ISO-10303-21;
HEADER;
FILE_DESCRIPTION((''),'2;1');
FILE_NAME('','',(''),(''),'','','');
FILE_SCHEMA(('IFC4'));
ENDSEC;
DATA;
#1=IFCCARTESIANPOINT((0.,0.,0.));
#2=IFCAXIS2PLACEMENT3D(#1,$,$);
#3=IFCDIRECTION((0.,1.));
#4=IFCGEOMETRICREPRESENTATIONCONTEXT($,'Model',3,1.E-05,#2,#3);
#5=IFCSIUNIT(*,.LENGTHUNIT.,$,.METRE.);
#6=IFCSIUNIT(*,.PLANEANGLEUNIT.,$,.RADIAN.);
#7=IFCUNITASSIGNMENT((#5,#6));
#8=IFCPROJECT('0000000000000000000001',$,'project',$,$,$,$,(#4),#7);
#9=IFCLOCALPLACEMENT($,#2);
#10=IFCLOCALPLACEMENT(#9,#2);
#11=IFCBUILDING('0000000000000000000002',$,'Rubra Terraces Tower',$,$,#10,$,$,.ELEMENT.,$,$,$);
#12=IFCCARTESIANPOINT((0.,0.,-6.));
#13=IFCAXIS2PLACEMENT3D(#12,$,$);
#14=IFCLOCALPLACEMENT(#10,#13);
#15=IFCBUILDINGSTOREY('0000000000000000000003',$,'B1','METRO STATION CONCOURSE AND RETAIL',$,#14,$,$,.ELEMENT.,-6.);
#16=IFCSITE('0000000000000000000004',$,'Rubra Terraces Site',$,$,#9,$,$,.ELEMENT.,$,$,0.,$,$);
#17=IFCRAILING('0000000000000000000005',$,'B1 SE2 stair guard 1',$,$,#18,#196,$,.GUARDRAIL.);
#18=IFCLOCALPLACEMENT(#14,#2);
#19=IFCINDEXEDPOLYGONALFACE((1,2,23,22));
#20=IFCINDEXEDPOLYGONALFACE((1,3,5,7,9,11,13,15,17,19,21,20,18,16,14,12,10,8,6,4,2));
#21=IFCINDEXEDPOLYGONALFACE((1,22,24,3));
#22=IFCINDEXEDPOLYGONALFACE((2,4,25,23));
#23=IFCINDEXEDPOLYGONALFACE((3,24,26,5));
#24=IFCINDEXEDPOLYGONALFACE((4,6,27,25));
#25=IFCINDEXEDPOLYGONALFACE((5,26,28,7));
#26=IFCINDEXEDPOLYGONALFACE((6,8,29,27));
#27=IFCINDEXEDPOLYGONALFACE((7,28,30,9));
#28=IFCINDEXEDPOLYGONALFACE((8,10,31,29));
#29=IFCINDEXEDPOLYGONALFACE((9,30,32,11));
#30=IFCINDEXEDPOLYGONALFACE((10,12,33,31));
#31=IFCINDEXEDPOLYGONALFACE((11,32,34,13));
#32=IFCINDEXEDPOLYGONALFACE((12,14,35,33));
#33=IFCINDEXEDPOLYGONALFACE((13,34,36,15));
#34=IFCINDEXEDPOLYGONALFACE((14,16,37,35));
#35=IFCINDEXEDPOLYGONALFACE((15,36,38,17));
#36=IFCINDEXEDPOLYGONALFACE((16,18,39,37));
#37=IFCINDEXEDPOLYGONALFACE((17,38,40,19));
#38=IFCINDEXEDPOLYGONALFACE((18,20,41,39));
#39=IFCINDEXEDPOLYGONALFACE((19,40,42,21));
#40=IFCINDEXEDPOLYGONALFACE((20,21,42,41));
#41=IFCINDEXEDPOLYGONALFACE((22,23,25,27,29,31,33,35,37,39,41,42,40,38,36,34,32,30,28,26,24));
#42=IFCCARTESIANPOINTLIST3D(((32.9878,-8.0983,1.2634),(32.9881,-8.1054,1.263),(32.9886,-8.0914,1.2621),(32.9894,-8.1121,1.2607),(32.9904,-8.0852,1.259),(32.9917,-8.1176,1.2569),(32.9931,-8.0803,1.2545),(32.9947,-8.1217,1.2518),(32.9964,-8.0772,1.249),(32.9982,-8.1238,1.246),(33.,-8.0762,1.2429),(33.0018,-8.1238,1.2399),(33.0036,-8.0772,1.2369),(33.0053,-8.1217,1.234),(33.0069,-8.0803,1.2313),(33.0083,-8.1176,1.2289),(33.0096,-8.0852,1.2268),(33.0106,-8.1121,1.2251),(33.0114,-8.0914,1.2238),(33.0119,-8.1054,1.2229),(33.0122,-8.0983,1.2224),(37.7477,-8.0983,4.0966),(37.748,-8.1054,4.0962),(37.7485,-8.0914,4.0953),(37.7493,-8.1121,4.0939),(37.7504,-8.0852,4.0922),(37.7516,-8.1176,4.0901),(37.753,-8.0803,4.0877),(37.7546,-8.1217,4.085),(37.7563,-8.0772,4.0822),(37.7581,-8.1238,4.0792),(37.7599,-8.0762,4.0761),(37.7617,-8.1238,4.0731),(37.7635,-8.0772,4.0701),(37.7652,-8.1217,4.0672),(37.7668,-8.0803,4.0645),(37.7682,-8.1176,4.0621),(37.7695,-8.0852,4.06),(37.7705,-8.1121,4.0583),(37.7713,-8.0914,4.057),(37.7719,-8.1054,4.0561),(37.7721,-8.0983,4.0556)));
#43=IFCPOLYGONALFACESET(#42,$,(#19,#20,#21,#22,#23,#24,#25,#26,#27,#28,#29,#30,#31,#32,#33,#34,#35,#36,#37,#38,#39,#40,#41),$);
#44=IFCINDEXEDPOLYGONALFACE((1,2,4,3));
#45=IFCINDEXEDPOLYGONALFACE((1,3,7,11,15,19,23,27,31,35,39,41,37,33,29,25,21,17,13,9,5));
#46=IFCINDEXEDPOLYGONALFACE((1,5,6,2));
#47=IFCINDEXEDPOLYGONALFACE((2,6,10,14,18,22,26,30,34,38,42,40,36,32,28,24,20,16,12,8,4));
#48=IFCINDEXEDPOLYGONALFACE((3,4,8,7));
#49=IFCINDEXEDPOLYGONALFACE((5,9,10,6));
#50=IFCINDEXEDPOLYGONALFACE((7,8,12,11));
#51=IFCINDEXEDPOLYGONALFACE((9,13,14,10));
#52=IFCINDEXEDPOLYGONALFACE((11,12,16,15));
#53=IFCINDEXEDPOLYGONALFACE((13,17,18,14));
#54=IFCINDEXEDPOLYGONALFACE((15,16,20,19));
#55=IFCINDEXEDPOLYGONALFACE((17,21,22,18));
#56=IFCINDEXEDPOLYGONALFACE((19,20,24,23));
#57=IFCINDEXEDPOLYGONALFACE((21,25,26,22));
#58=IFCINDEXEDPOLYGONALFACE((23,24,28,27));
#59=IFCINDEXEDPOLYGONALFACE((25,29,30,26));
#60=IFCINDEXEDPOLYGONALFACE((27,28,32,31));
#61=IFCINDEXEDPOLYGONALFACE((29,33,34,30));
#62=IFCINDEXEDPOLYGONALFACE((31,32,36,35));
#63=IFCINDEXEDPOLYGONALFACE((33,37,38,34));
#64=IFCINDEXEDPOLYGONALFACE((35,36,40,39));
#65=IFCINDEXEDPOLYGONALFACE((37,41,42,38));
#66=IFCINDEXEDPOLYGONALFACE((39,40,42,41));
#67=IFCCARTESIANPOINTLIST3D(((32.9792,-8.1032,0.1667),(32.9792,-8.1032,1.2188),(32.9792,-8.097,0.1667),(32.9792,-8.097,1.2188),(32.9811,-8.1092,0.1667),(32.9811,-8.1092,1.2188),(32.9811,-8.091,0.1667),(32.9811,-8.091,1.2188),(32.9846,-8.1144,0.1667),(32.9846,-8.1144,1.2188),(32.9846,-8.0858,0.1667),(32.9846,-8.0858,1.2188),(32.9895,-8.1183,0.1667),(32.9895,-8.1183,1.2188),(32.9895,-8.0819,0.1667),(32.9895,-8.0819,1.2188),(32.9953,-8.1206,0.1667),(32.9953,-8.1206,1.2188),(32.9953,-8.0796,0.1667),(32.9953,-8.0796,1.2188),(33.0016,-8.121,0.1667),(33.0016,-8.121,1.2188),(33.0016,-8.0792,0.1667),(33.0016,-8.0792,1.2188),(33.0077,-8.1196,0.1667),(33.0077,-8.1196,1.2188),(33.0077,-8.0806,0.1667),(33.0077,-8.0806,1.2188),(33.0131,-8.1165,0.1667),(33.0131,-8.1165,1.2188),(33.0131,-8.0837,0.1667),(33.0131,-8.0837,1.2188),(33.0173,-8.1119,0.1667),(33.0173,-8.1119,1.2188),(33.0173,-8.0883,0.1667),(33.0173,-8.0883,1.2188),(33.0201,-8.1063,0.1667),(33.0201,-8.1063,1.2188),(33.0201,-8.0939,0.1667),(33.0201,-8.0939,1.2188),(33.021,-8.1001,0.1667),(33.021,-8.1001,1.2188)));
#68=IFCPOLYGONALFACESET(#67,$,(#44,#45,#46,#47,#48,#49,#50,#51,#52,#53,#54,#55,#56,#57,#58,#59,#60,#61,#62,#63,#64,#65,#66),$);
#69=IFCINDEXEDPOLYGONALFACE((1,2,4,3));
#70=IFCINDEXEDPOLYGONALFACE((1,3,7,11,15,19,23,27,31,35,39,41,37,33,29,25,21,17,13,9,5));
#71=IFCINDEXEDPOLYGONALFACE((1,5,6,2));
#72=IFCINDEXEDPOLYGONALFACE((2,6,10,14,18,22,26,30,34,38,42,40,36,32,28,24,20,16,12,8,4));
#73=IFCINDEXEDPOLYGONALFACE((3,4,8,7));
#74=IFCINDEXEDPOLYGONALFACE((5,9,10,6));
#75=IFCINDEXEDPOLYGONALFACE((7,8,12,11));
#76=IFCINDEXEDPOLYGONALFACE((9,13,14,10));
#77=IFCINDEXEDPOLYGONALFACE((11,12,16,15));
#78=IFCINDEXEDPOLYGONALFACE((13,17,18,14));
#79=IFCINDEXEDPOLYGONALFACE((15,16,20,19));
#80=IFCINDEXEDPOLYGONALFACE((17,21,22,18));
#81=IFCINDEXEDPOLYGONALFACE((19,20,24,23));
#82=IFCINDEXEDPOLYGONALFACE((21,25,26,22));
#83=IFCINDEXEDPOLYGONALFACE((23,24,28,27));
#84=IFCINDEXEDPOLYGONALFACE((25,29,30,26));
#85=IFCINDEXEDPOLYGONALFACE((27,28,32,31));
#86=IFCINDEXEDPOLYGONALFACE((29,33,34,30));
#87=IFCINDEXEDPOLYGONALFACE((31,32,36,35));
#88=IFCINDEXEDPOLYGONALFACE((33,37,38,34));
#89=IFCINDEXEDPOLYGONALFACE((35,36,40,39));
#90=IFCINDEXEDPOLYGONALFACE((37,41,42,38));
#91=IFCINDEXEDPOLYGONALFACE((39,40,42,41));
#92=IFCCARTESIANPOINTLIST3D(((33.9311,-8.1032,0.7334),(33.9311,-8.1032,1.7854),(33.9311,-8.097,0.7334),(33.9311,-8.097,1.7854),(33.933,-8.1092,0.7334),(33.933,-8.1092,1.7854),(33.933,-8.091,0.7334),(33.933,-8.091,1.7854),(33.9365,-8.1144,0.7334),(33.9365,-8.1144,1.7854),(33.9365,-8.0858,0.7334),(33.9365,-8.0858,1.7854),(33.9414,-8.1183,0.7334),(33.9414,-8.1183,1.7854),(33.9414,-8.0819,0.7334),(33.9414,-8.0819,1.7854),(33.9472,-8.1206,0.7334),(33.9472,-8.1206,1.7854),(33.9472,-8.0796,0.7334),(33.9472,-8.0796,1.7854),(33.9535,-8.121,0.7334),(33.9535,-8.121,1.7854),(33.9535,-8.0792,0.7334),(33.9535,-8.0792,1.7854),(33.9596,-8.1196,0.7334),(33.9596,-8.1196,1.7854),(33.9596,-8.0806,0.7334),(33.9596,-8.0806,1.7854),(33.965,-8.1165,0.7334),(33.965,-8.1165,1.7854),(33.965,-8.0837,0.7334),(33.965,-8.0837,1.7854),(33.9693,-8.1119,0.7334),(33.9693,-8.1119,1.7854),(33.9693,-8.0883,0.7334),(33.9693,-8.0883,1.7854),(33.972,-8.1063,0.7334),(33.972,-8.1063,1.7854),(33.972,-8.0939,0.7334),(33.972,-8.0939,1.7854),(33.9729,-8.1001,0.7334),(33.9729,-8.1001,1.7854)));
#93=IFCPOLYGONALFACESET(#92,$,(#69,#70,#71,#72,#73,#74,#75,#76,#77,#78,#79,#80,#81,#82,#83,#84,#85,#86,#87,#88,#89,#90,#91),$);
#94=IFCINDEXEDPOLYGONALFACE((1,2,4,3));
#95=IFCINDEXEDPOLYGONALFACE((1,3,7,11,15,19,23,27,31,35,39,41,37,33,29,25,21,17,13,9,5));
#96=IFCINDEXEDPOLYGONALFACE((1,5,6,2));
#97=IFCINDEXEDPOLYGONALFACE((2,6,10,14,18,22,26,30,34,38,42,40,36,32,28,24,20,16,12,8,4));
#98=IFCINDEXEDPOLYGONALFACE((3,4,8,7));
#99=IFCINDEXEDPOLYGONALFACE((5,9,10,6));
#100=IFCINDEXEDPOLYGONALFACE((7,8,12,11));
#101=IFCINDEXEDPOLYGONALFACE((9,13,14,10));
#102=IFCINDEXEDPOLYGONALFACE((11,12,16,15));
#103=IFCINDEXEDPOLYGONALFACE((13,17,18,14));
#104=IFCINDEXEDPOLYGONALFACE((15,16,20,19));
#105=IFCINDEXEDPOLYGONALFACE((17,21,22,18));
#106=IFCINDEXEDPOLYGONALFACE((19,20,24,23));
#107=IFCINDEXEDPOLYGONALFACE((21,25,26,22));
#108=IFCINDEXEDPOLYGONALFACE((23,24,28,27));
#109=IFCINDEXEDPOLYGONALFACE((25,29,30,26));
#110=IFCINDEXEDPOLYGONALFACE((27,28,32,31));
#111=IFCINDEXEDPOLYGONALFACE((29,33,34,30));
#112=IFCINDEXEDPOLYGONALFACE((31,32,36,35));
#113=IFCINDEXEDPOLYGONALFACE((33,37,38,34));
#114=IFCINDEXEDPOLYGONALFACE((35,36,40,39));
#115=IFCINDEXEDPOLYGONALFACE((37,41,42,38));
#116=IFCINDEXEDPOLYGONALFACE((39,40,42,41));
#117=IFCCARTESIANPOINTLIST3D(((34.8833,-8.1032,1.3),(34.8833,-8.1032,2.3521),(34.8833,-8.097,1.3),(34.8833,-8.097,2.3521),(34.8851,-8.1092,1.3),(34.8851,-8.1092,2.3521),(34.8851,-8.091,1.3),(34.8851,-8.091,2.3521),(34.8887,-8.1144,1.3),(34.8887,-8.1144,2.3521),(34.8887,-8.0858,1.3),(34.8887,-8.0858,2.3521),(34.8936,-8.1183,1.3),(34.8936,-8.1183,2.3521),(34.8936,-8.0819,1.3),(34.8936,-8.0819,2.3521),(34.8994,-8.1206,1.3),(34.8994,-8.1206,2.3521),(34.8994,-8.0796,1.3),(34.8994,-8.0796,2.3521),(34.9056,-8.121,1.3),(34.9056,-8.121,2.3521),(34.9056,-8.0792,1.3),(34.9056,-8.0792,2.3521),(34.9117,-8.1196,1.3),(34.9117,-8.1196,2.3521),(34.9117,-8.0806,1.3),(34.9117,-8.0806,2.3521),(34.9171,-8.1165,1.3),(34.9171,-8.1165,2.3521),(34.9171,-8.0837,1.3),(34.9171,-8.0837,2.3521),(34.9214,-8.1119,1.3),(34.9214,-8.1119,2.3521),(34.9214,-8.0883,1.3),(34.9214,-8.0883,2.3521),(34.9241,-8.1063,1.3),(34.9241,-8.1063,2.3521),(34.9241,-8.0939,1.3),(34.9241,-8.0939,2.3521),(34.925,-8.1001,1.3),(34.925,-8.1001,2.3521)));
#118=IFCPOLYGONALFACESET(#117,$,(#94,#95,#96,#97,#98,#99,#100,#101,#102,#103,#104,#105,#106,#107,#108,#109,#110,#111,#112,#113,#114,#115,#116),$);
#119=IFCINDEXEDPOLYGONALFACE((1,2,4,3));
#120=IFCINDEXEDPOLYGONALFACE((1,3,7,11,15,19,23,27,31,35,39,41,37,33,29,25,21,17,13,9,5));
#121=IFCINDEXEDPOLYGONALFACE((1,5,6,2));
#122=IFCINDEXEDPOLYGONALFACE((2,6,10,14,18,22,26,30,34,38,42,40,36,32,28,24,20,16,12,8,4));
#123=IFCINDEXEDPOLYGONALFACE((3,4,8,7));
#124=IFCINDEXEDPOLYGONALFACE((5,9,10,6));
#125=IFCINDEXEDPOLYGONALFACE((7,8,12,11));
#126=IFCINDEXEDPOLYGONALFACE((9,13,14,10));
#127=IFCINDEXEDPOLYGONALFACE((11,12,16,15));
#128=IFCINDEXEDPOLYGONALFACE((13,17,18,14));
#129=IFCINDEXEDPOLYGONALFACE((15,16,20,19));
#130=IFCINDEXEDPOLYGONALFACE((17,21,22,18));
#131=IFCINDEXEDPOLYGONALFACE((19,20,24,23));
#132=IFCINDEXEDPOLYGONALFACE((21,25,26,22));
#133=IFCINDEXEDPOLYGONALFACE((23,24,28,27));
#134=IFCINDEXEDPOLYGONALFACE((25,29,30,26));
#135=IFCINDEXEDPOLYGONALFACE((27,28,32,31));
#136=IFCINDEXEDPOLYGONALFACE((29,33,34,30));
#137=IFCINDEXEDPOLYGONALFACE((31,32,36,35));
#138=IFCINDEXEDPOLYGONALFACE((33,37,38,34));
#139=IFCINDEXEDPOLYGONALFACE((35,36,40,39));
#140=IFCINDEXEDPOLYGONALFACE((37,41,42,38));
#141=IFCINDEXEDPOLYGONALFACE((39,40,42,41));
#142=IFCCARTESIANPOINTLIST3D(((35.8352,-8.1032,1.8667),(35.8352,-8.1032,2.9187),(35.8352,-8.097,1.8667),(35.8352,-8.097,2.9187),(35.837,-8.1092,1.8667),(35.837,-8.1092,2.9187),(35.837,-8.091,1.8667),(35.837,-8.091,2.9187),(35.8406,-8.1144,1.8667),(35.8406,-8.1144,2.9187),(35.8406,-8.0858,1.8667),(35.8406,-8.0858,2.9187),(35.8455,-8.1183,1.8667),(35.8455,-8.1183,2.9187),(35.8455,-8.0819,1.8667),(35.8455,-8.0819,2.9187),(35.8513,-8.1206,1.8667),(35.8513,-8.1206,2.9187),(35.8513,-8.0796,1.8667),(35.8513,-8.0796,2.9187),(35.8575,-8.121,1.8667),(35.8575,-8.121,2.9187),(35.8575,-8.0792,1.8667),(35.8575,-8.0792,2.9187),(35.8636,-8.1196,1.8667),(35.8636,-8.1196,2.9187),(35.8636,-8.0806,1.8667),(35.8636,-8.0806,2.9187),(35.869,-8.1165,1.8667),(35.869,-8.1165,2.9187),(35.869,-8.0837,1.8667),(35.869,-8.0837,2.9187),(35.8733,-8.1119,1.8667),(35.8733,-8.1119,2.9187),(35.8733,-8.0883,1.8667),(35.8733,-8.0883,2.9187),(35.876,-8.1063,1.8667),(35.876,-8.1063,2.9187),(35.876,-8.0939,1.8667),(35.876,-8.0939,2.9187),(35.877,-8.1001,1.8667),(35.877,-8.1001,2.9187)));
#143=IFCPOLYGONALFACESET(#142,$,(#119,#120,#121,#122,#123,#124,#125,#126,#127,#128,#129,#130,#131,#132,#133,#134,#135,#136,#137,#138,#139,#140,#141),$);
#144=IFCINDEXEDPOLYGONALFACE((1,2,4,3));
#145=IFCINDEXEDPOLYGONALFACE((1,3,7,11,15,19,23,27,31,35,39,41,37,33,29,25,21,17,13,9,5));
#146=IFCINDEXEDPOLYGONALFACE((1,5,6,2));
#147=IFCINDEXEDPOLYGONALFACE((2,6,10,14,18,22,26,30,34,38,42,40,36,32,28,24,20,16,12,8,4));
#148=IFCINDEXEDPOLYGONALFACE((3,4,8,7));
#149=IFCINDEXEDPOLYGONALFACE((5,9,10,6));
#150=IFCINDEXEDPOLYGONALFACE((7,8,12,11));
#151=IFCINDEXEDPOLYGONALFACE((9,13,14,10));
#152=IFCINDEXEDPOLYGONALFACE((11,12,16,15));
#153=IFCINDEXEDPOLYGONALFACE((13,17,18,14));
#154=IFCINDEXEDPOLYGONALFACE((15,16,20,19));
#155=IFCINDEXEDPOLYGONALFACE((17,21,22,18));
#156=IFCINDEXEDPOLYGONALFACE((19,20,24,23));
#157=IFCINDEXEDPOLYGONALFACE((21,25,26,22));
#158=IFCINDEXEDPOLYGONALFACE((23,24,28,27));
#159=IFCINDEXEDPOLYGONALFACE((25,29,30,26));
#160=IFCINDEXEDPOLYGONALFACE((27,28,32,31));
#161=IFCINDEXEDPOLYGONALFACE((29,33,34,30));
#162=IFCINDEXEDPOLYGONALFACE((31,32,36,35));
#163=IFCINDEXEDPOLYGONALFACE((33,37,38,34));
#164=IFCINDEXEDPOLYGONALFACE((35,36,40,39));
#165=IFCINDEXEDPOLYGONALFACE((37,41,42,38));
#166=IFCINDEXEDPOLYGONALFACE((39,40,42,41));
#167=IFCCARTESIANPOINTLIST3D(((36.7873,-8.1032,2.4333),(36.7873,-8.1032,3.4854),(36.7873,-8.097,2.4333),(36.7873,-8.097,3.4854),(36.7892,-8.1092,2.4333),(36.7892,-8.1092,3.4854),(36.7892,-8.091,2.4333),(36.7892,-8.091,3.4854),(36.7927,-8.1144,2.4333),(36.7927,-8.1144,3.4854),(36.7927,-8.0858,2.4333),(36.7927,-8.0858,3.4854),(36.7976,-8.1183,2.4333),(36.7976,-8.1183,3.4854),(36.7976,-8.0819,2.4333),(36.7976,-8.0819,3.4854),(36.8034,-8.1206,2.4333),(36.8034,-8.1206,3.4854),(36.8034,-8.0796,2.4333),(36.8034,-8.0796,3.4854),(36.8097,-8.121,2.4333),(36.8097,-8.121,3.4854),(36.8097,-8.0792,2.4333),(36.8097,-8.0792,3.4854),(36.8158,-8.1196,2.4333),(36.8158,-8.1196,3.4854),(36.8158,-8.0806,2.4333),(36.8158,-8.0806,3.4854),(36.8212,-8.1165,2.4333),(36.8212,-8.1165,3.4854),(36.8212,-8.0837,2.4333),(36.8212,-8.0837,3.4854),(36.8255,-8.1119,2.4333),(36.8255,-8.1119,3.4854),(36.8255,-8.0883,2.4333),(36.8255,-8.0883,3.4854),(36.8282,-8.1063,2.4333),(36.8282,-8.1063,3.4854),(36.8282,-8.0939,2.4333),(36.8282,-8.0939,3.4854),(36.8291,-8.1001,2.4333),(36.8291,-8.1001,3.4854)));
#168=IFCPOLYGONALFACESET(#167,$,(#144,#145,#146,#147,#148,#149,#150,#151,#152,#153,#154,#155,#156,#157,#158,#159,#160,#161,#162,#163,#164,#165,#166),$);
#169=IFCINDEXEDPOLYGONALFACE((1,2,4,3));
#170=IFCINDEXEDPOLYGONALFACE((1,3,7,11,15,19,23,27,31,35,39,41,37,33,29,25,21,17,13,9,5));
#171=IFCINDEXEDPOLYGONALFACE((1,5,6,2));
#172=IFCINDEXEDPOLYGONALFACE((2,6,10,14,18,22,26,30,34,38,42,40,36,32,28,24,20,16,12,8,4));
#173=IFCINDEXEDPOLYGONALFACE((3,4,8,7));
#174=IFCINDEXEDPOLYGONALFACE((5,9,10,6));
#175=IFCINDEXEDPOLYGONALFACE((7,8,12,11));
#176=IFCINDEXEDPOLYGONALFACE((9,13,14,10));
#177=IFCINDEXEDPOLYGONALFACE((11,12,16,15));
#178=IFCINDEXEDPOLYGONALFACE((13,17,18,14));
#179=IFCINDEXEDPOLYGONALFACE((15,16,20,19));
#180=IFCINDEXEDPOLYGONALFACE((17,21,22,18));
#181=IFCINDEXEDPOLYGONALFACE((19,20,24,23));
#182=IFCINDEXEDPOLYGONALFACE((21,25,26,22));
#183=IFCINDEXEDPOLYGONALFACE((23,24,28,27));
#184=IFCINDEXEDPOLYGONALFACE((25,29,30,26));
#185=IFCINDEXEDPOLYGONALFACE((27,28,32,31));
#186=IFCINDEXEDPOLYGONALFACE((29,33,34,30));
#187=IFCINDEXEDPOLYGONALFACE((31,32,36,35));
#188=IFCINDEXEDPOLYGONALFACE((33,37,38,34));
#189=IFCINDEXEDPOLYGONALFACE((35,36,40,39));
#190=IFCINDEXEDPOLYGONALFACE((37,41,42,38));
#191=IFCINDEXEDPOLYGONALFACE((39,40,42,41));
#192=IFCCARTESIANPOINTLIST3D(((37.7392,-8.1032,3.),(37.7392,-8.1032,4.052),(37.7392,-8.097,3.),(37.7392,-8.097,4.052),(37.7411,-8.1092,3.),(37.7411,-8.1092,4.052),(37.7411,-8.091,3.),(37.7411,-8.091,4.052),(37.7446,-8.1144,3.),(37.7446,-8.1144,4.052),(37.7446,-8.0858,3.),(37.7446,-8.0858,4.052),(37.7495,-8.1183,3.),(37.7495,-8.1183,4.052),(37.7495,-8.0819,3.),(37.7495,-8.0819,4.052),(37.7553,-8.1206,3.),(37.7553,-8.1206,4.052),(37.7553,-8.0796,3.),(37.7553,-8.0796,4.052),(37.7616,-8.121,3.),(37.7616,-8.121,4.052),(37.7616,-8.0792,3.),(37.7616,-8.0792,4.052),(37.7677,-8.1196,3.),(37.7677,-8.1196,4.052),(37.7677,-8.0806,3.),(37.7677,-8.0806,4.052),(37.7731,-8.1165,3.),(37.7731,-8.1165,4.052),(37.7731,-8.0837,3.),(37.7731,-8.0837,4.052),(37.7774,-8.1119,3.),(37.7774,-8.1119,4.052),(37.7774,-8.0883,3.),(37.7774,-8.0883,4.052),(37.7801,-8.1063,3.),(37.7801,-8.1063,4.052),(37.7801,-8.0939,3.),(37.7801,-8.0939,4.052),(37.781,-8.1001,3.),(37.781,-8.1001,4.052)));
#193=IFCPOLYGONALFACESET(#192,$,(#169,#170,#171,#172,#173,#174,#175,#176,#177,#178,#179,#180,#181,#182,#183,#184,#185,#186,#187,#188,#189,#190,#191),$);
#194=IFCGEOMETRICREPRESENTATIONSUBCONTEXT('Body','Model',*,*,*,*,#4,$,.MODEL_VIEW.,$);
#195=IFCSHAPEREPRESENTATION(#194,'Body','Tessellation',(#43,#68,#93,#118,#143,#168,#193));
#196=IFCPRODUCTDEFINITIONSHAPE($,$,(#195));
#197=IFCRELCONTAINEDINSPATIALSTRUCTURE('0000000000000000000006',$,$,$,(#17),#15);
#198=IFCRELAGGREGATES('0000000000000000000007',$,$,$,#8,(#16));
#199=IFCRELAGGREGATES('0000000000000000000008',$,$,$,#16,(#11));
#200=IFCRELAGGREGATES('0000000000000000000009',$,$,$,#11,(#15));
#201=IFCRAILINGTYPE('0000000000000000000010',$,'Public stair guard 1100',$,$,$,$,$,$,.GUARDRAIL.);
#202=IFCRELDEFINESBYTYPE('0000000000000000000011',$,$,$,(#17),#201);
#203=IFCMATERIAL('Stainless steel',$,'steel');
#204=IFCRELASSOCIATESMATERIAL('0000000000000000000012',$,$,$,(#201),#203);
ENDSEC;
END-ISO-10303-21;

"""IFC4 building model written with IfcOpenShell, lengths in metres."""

from ifc_helpers import new_model, si_unit, direction, frame, origin, origin_2d, place, context, subcontext, project, spatial, circle, extrude, material, type_object, element, save


model = new_model("IFC4")

# Units and contexts
model_context = context("Model", 3, precision=1e-05, world=origin(), true_north=direction((0.0, 1.0)))
body_context = subcontext(model_context, "Body", "Model", "MODEL_VIEW")
ifc_project = project(units=[si_unit("LENGTHUNIT", "METRE"), si_unit("PLANEANGLEUNIT", "RADIAN")], contexts=[model_context])

# Site, building, storey
site_placement = place(None, origin())
site = spatial("IfcSite", under=ifc_project, at=site_placement, Name="Rubra Terraces Site", CompositionType="ELEMENT", RefElevation=0.0)
building_placement = place(site_placement, origin())
building = spatial("IfcBuilding", under=site, at=building_placement, Name="Rubra Terraces Tower", CompositionType="ELEMENT")
storey_placement = place(building_placement, frame((0.0, 0.0, -6.0)))
storey = spatial("IfcBuildingStorey", under=building, at=storey_placement, Name="B1", Description="METRO STATION CONCOURSE AND RETAIL", CompositionType="ELEMENT", Elevation=-6.0)

# Railing
ifc_material_1 = material(Name="Stainless steel", Category="steel")
railing_type_1 = type_object("IfcRailingType", Name="Public stair guard 1100", PredefinedType="GUARDRAIL", material=ifc_material_1)
railing_1_placement = place(storey_placement, frame((33.0, -8.1001, 0.1667)))
element("IfcRailing", 1, at=railing_1_placement, inside=storey, type_object=railing_type_1, Name="B1 SE2 stair guard 1", PredefinedType="GUARDRAIL", context=body_context, shape_type="SweptSolid", body=[
    extrude(circle(Radius=0.0239, at=origin_2d()), frame((0.0, 0.0, 1.0762), z_axis=(0.8593, 0.0, 0.511472), x_axis=(0.0, 1.0, 0.0)), (0.0, 0.0, 1.0), 5.5393),
    extrude(circle(Radius=0.021, at=origin_2d()), origin(), (0.0, 0.0, 1.0), 1.052),
    extrude(circle(Radius=0.021, at=origin_2d()), frame((0.9519, 0.0, 0.5667)), (0.0, 0.0, 1.0), 1.052),
    extrude(circle(Radius=0.021, at=origin_2d()), frame((1.9041, 0.0, 1.1333)), (0.0, 0.0, 1.0), 1.052),
    extrude(circle(Radius=0.021, at=origin_2d()), frame((2.856, 0.0, 1.7)), (0.0, 0.0, 1.0), 1.052),
    extrude(circle(Radius=0.021, at=origin_2d()), frame((3.8081, 0.0, 2.2666)), (0.0, 0.0, 1.0), 1.052),
    extrude(circle(Radius=0.021, at=origin_2d()), frame((4.76, 0.0, 2.8333)), (0.0, 0.0, 1.0), 1.052),
])

save(model, "model.ifc")
